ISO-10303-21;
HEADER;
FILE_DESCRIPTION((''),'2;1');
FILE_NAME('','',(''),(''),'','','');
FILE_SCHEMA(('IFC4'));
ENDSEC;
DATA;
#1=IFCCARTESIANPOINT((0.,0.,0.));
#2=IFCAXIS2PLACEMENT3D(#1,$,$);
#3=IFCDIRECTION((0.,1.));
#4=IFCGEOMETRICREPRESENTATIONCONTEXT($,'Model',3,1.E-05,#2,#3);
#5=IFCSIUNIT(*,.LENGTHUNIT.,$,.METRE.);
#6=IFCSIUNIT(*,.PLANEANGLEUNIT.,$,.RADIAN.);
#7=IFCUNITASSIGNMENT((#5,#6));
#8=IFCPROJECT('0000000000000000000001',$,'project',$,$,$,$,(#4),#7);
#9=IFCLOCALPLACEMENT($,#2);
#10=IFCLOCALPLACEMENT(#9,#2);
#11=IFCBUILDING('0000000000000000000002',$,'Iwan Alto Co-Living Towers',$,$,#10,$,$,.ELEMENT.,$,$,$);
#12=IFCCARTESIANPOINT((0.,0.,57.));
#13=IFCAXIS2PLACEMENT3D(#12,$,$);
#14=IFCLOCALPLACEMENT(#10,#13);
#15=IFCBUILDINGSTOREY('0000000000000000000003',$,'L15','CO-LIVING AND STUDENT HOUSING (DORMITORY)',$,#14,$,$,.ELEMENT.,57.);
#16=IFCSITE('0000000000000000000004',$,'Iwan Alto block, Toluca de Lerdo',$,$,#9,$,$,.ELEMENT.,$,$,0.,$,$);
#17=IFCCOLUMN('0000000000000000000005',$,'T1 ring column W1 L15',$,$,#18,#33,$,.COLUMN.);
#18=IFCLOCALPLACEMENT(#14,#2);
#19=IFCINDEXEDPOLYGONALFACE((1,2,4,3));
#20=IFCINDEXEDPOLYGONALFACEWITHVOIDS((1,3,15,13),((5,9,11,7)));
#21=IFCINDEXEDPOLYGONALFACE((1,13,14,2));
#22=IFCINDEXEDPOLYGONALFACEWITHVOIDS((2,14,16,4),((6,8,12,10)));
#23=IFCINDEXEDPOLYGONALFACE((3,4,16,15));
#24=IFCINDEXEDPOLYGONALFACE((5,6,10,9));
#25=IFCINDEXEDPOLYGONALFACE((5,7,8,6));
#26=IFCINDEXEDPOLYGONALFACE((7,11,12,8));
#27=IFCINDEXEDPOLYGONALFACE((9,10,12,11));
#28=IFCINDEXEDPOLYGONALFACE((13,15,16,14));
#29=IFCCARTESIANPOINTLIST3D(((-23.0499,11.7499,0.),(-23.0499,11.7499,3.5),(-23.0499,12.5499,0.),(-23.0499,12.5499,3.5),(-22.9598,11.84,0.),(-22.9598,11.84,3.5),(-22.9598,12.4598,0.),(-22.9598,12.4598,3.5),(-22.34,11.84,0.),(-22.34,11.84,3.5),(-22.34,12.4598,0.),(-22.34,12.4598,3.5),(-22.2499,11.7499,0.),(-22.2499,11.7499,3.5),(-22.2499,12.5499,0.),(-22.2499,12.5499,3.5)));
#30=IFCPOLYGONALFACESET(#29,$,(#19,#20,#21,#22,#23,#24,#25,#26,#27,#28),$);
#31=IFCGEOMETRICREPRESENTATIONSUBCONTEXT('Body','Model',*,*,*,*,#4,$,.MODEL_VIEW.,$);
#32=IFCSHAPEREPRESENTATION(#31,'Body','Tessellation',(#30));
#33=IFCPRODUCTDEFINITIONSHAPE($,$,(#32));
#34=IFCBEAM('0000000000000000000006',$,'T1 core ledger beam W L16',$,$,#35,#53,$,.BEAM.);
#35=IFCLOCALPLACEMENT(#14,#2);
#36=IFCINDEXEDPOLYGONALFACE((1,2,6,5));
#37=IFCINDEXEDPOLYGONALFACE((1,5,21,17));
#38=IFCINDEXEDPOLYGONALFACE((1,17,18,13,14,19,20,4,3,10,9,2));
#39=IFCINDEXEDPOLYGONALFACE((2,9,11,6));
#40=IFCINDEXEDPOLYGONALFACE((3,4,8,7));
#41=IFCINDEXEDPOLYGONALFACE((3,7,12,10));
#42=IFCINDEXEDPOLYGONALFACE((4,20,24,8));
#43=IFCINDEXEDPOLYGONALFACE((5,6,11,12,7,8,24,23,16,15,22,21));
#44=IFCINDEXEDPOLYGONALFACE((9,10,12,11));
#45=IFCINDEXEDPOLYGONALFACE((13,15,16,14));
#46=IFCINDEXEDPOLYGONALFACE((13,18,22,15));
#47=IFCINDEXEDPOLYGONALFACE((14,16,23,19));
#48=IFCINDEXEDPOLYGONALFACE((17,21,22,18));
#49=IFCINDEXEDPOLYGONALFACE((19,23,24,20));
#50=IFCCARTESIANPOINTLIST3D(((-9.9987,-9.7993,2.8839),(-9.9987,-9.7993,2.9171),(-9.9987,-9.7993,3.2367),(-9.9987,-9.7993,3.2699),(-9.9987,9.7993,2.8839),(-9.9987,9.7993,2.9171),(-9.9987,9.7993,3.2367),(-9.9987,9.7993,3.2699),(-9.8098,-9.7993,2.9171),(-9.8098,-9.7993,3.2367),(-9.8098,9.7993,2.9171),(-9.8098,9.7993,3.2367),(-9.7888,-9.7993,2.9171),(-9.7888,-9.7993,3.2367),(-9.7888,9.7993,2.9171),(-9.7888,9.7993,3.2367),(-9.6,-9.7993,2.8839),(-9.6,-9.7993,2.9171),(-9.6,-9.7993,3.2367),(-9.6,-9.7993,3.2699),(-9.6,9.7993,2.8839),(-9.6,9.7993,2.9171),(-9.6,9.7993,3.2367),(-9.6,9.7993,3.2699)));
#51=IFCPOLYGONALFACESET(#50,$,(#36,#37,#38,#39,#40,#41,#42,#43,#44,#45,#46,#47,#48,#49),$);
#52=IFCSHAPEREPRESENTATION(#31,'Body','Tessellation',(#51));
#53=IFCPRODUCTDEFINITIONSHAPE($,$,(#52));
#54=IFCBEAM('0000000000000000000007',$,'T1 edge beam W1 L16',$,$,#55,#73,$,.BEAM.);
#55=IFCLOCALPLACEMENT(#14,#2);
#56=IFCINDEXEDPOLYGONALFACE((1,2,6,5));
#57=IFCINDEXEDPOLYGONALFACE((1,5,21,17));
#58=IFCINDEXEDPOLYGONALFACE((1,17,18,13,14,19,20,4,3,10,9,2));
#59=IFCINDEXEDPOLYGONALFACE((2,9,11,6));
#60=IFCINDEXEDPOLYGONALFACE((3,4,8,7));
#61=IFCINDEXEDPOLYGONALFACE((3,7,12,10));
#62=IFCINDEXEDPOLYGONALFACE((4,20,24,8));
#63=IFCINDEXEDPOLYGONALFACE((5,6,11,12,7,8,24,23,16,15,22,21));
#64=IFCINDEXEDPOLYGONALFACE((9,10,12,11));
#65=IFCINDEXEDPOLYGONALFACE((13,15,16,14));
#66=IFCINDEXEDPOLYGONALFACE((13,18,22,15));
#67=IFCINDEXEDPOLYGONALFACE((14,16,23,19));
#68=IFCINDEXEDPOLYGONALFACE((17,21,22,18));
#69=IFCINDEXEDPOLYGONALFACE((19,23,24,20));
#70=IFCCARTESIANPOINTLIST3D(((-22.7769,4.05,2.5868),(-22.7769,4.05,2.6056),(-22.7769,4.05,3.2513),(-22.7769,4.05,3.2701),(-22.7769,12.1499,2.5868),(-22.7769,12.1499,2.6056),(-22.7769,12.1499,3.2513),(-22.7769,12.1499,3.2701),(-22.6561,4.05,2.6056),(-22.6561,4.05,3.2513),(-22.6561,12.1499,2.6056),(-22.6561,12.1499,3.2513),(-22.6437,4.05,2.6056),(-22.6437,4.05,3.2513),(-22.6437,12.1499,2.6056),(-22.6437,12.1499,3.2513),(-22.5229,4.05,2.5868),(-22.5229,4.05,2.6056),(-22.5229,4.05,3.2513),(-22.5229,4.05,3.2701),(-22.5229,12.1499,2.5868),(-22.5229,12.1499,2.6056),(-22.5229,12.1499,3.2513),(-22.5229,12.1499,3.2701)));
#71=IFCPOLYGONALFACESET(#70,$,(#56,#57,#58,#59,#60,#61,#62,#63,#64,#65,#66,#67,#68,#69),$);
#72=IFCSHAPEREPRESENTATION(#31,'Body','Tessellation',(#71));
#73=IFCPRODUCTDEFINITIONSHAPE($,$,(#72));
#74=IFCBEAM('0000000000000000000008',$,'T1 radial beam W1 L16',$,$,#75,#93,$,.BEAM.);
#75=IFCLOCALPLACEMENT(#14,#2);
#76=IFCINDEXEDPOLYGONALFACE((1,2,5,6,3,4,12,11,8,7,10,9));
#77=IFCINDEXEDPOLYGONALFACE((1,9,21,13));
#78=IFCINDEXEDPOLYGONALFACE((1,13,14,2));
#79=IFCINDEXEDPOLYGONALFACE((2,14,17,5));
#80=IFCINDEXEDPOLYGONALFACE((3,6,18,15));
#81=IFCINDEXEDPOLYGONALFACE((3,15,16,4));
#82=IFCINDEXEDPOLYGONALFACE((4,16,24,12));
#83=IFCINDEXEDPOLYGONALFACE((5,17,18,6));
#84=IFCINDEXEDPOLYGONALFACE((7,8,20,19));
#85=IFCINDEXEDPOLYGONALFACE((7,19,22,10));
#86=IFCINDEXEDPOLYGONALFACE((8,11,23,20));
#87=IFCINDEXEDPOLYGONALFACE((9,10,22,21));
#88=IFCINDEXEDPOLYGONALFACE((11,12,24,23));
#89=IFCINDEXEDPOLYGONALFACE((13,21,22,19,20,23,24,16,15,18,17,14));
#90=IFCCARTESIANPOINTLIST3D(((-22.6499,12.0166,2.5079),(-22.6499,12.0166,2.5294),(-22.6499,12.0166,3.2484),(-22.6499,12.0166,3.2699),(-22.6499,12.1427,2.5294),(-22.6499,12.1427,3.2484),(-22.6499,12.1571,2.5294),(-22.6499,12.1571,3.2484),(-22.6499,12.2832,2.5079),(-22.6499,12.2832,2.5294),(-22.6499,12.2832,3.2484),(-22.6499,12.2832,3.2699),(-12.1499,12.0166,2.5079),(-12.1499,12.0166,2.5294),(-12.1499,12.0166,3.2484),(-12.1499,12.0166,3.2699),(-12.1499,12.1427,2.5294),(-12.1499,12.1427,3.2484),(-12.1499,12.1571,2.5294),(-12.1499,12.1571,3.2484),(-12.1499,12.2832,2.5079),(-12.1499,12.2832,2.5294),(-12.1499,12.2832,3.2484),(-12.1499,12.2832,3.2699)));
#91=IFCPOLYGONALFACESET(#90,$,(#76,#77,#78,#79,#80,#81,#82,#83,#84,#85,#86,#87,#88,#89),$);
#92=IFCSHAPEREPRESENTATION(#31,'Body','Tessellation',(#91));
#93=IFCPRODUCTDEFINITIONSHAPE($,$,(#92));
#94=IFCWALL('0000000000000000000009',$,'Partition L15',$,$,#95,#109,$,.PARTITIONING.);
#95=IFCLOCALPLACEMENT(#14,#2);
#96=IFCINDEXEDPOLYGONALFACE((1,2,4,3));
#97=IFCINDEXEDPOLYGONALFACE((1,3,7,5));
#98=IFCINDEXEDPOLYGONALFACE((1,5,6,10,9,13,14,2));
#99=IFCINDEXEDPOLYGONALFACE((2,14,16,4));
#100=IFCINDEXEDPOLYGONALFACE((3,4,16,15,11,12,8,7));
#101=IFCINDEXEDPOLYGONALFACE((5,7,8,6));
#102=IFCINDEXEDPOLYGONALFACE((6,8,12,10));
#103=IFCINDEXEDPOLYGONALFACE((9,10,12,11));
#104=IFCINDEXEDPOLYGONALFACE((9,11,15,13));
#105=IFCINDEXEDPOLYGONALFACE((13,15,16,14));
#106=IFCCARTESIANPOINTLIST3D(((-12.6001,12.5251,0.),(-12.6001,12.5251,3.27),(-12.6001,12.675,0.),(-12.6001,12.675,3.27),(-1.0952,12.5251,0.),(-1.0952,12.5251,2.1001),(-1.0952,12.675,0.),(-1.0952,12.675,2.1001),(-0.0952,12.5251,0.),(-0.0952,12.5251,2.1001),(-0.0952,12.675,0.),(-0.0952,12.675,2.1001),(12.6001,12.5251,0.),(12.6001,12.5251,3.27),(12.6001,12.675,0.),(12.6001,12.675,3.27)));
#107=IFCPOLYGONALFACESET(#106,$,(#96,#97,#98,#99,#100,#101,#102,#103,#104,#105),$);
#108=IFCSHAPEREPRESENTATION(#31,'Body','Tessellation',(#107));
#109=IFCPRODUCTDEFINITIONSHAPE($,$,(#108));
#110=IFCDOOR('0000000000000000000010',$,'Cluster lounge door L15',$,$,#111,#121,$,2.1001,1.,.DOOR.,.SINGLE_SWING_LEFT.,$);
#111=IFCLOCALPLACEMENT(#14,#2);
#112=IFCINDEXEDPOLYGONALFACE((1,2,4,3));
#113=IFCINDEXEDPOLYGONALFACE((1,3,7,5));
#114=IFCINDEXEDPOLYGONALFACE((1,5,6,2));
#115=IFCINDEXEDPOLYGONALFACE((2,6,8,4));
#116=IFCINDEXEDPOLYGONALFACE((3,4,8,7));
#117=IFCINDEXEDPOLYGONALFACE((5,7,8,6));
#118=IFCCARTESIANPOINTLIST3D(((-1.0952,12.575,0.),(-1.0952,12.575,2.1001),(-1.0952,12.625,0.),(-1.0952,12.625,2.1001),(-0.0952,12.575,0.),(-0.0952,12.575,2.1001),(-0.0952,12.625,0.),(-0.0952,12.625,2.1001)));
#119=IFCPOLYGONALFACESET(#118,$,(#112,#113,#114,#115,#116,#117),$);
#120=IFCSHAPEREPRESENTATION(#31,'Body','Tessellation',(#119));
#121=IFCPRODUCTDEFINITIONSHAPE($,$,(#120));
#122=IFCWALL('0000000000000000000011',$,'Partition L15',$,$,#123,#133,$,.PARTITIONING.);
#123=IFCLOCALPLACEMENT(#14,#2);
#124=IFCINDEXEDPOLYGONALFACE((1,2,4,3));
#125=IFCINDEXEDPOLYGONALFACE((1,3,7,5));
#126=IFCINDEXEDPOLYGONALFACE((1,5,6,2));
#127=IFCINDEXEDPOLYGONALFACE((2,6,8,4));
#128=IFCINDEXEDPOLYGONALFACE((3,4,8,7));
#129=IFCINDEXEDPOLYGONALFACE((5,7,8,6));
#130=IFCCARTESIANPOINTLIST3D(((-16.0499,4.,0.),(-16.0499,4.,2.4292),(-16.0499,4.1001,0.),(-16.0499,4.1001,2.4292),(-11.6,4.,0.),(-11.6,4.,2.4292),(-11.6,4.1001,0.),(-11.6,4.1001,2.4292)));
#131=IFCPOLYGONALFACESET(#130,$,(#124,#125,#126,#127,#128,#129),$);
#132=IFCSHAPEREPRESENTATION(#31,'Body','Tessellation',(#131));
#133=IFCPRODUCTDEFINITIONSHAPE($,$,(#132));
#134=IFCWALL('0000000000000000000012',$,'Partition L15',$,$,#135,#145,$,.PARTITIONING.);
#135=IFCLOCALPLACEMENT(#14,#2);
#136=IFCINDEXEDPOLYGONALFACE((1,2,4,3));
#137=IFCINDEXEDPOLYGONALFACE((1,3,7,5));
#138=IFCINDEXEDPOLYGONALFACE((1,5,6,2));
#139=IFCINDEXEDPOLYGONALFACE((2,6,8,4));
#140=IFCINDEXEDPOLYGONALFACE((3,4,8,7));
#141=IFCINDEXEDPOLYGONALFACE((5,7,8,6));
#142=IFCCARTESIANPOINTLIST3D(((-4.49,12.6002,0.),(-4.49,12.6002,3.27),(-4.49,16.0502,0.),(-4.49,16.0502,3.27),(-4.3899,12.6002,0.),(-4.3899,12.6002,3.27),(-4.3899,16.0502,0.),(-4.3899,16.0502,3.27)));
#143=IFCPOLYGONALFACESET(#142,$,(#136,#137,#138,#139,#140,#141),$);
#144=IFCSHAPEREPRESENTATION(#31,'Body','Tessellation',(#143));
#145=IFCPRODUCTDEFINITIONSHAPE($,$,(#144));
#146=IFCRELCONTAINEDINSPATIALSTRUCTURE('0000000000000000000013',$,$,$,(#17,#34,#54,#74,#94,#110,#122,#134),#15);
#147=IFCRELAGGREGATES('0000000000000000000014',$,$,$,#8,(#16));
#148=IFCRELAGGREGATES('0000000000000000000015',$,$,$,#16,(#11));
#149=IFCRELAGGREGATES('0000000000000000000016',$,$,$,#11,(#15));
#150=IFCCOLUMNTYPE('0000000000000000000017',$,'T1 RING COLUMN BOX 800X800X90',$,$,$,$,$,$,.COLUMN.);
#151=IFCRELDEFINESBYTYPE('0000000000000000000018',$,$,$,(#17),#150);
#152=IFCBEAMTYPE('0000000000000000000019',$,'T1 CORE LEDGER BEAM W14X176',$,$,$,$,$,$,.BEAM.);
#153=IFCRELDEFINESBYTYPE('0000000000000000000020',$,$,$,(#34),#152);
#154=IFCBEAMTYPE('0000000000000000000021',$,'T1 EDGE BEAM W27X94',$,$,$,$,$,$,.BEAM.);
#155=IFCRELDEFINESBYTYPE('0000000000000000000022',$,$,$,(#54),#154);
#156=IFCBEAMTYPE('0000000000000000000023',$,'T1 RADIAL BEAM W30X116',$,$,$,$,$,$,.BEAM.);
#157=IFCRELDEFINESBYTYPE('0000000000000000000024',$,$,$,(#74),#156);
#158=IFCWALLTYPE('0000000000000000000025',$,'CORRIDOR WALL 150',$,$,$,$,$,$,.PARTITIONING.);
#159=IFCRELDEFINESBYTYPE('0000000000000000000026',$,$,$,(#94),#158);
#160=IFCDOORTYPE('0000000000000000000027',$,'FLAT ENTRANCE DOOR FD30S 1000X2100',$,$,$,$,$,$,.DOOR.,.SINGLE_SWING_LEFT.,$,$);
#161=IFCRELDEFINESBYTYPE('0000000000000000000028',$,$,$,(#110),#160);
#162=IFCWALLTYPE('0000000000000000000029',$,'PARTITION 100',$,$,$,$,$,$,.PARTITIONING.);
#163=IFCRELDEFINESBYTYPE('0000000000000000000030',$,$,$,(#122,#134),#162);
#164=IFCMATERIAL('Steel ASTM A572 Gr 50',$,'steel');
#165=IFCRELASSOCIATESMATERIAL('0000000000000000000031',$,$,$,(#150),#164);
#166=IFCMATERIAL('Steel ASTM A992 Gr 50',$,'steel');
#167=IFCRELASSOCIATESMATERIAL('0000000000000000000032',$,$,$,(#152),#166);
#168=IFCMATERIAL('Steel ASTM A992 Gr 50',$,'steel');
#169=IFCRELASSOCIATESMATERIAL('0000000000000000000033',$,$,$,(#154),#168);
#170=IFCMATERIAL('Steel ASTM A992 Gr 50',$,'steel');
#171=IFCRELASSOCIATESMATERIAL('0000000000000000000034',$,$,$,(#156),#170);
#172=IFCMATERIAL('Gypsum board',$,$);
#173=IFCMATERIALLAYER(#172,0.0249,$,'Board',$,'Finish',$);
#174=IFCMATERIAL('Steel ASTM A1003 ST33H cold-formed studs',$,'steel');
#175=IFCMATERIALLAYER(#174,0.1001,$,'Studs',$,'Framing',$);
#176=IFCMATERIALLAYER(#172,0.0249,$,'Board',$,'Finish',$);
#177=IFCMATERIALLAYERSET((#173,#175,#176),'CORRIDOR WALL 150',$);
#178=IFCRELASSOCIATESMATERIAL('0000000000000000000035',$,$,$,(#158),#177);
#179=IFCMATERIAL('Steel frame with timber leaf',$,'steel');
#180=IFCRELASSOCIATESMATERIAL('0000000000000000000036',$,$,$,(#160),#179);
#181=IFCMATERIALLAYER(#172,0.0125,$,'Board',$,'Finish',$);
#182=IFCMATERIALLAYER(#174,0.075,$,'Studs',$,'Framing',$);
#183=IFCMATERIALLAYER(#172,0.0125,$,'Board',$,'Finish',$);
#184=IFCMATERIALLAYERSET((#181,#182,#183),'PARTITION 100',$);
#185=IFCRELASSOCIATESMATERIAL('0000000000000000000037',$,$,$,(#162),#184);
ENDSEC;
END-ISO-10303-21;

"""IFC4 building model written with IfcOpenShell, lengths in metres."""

from ifc_helpers import new_model, si_unit, direction, frame, frame_2d, origin, origin_2d, place, context, subcontext, project, spatial, rectangle, hollow_rectangle, i_section, extrude, material, layer, layer_set, material_profile, profile_set, type_object, element, fill, save


model = new_model("IFC4")

# Units and contexts
model_context = context("Model", 3, precision=1e-05, world=origin(), true_north=direction((0.0, 1.0)))
body_context = subcontext(model_context, "Body", "Model", "MODEL_VIEW")
ifc_project = project(units=[si_unit("LENGTHUNIT", "METRE"), si_unit("PLANEANGLEUNIT", "RADIAN")], contexts=[model_context])

# Site, building, storey
site_placement = place(None, origin())
site = spatial("IfcSite", under=ifc_project, at=site_placement, Name="Iwan Alto block, Toluca de Lerdo", CompositionType="ELEMENT", RefElevation=0.0)
building_placement = place(site_placement, origin())
building = spatial("IfcBuilding", under=site, at=building_placement, Name="Iwan Alto Co-Living Towers", CompositionType="ELEMENT")
storey_placement = place(building_placement, frame((0.0, 0.0, 57.0)))
storey = spatial("IfcBuildingStorey", under=building, at=storey_placement, Name="L15", Description="CO-LIVING AND STUDENT HOUSING (DORMITORY)", CompositionType="ELEMENT", Elevation=57.0)

# Column
ifc_material_1 = material(Name="Steel ASTM A572 Gr 50", Category="steel")
ifc_material_profile_1 = material_profile(ifc_material_1, hollow_rectangle(XDim=0.8, YDim=0.8, WallThickness=0.0901, at=origin_2d()), Name="BOX 800X800X90")
ifc_profile_set_1 = profile_set([ifc_material_profile_1], Name="Steel ASTM A572 Gr 50")
column_type = type_object("IfcColumnType", Name="T1 RING COLUMN BOX 800X800X90", PredefinedType="COLUMN", material=ifc_profile_set_1)
column_placement = place(storey_placement, frame((-22.6499, 12.1499, 0.0), z_axis=(0.0, 0.0, 1.0), x_axis=(1.0, 0.0, 0.0)))
element("IfcColumn", 1, at=column_placement, inside=storey, type_object=column_type, Name="T1 ring column W1 L15", PredefinedType="COLUMN", context=body_context, shape_type="SweptSolid", body=[
    extrude(hollow_rectangle(XDim=0.8, YDim=0.8, WallThickness=0.0901, at=origin_2d()), origin(), (0.0, 0.0, 1.0), 3.5),
])

# Beams
ifc_material_2 = material(Name="Steel ASTM A992 Gr 50", Category="steel")
ifc_material_profile_2 = material_profile(ifc_material_2, i_section(OverallWidth=0.3987, OverallDepth=0.386, WebThickness=0.021, FlangeThickness=0.0332, at=origin_2d()), Name="W14X176")
ifc_profile_set_2 = profile_set([ifc_material_profile_2], Name="Steel ASTM A992 Gr 50")
beam_type_1 = type_object("IfcBeamType", Name="T1 CORE LEDGER BEAM W14X176", PredefinedType="BEAM", material=ifc_profile_set_2)
beam_1_placement = place(storey_placement, frame((-9.7993, 9.7993, 3.0769), z_axis=(0.0, -1.0, 0.0), x_axis=(1.0, 0.0, 0.0)))
element("IfcBeam", 2, at=beam_1_placement, inside=storey, type_object=beam_type_1, Name="T1 core ledger beam W L16", PredefinedType="BEAM", context=body_context, shape_type="SweptSolid", body=[
    extrude(i_section(OverallWidth=0.3987, OverallDepth=0.386, WebThickness=0.021, FlangeThickness=0.0332, at=origin_2d()), origin(), (0.0, 0.0, 1.0), 19.5986),
])
ifc_material_3 = material(Name="Steel ASTM A992 Gr 50", Category="steel")
ifc_material_profile_3 = material_profile(ifc_material_3, i_section(OverallWidth=0.2539, OverallDepth=0.6833, WebThickness=0.0125, FlangeThickness=0.0188, at=origin_2d()), Name="W27X94")
ifc_profile_set_3 = profile_set([ifc_material_profile_3], Name="Steel ASTM A992 Gr 50")
beam_type_2 = type_object("IfcBeamType", Name="T1 EDGE BEAM W27X94", PredefinedType="BEAM", material=ifc_profile_set_3)
beam_2_placement = place(storey_placement, frame((-22.6499, 12.1499, 2.9285), z_axis=(0.0, -1.0, 0.0), x_axis=(1.0, 0.0, 0.0)))
element("IfcBeam", 3, at=beam_2_placement, inside=storey, type_object=beam_type_2, Name="T1 edge beam W1 L16", PredefinedType="BEAM", context=body_context, shape_type="SweptSolid", body=[
    extrude(i_section(OverallWidth=0.2539, OverallDepth=0.6833, WebThickness=0.0125, FlangeThickness=0.0188, at=origin_2d()), origin(), (0.0, 0.0, 1.0), 8.0999),
])
ifc_material_4 = material(Name="Steel ASTM A992 Gr 50", Category="steel")
ifc_material_profile_4 = material_profile(ifc_material_4, i_section(OverallWidth=0.2666, OverallDepth=0.762, WebThickness=0.0144, FlangeThickness=0.0215, at=origin_2d()), Name="W30X116")
ifc_profile_set_4 = profile_set([ifc_material_profile_4], Name="Steel ASTM A992 Gr 50")
beam_type_3 = type_object("IfcBeamType", Name="T1 RADIAL BEAM W30X116", PredefinedType="BEAM", material=ifc_profile_set_4)
beam_3_placement = place(storey_placement, frame((-22.6499, 12.1499, 2.8889), z_axis=(1.0, 0.0, 0.0), x_axis=(0.0, 1.0, 0.0)))
element("IfcBeam", 4, at=beam_3_placement, inside=storey, type_object=beam_type_3, Name="T1 radial beam W1 L16", PredefinedType="BEAM", context=body_context, shape_type="SweptSolid", body=[
    extrude(i_section(OverallWidth=0.2666, OverallDepth=0.762, WebThickness=0.0144, FlangeThickness=0.0215, at=origin_2d()), origin(), (0.0, 0.0, 1.0), 10.5),
])

# Wall, opening, door
ifc_material_5 = material(Name="Gypsum board")
ifc_layer_1 = layer(ifc_material_5, 0.0249, Name="Board", Category="Finish")
ifc_material_6 = material(Name="Steel ASTM A1003 ST33H cold-formed studs", Category="steel")
ifc_layer_2 = layer(ifc_material_6, 0.1001, Name="Studs", Category="Framing")
ifc_layer_3 = layer(ifc_material_5, 0.0249, Name="Board", Category="Finish")
ifc_layer_set_1 = layer_set([ifc_layer_1, ifc_layer_2, ifc_layer_3], Name="CORRIDOR WALL 150")
wall_type_1 = type_object("IfcWallType", Name="CORRIDOR WALL 150", PredefinedType="PARTITIONING", material=ifc_layer_set_1)
wall_1_placement = place(storey_placement, frame((-12.6001, 12.6001, 0.0), z_axis=(0.0, 0.0, 1.0), x_axis=(1.0, 0.0, 0.0)))
wall_1 = element("IfcWall", 5, at=wall_1_placement, inside=storey, type_object=wall_type_1, Name="Partition L15", PredefinedType="PARTITIONING", context=body_context, shape_type="SweptSolid", body=[
    extrude(rectangle(XDim=25.2002, YDim=0.1499, at=frame_2d((12.6001, 0.0))), origin(), (0.0, 0.0, 1.0), 3.27),
])
opening_1_placement = place(wall_1_placement, frame((11.5049, 0.0, 0.0)))
opening_1 = element("IfcOpeningElement", 6, at=opening_1_placement, cuts=wall_1, PredefinedType="OPENING", context=body_context, shape_type="SweptSolid", body=[
    extrude(rectangle(XDim=1.0, YDim=2.1001, at=frame_2d((0.5, 1.05))), frame((0.0, 0.085, 0.0), z_axis=(0.0, -1.0, 0.0), x_axis=(1.0, 0.0, 0.0)), (0.0, 0.0, 1.0), 0.1699),
])
ifc_material_7 = material(Name="Steel frame with timber leaf", Category="steel")
door_type_1 = type_object("IfcDoorType", Name="FLAT ENTRANCE DOOR FD30S 1000X2100", OperationType="SINGLE_SWING_LEFT", PredefinedType="DOOR", material=ifc_material_7)
door_1_placement = place(opening_1_placement, origin())
door_1 = element("IfcDoor", 7, at=door_1_placement, inside=storey, type_object=door_type_1, Name="Cluster lounge door L15", OperationType="SINGLE_SWING_LEFT", OverallHeight=2.1001, OverallWidth=1.0, PredefinedType="DOOR", context=body_context, shape_type="SweptSolid", body=[
    extrude(rectangle(XDim=1.0, YDim=2.1001, at=frame_2d((0.5, 1.05))), frame((0.0, 0.0249, 0.0), z_axis=(0.0, -1.0, 0.0), x_axis=(1.0, 0.0, 0.0)), (0.0, 0.0, 1.0), 0.05),
])
fill(opening_1, door_1)

# Walls
ifc_layer_4 = layer(ifc_material_5, 0.0125, Name="Board", Category="Finish")
ifc_layer_5 = layer(ifc_material_6, 0.075, Name="Studs", Category="Framing")
ifc_layer_6 = layer(ifc_material_5, 0.0125, Name="Board", Category="Finish")
ifc_layer_set_2 = layer_set([ifc_layer_4, ifc_layer_5, ifc_layer_6], Name="PARTITION 100")
wall_type_2 = type_object("IfcWallType", Name="PARTITION 100", PredefinedType="PARTITIONING", material=ifc_layer_set_2)
wall_2_placement = place(storey_placement, frame((-16.05, 4.05, 0.0), z_axis=(0.0, 0.0, 1.0), x_axis=(1.0, 0.0, 0.0)))
element("IfcWall", 8, at=wall_2_placement, inside=storey, type_object=wall_type_2, Name="Partition L15", PredefinedType="PARTITIONING", context=body_context, shape_type="SweptSolid", body=[
    extrude(rectangle(XDim=4.45, YDim=0.1001, at=frame_2d((2.2251, 0.0))), origin(), (0.0, 0.0, 1.0), 2.4292),
])
wall_3_placement = place(storey_placement, frame((-4.4399, 12.6001, 0.0), z_axis=(0.0, 0.0, 1.0), x_axis=(0.0, 1.0, 0.0)))
element("IfcWall", 9, at=wall_3_placement, inside=storey, type_object=wall_type_2, Name="Partition L15", PredefinedType="PARTITIONING", context=body_context, shape_type="SweptSolid", body=[
    extrude(rectangle(XDim=3.45, YDim=0.1001, at=frame_2d((1.7251, 0.0))), origin(), (0.0, 0.0, 1.0), 3.27),
])

save(model, "model.ifc")
